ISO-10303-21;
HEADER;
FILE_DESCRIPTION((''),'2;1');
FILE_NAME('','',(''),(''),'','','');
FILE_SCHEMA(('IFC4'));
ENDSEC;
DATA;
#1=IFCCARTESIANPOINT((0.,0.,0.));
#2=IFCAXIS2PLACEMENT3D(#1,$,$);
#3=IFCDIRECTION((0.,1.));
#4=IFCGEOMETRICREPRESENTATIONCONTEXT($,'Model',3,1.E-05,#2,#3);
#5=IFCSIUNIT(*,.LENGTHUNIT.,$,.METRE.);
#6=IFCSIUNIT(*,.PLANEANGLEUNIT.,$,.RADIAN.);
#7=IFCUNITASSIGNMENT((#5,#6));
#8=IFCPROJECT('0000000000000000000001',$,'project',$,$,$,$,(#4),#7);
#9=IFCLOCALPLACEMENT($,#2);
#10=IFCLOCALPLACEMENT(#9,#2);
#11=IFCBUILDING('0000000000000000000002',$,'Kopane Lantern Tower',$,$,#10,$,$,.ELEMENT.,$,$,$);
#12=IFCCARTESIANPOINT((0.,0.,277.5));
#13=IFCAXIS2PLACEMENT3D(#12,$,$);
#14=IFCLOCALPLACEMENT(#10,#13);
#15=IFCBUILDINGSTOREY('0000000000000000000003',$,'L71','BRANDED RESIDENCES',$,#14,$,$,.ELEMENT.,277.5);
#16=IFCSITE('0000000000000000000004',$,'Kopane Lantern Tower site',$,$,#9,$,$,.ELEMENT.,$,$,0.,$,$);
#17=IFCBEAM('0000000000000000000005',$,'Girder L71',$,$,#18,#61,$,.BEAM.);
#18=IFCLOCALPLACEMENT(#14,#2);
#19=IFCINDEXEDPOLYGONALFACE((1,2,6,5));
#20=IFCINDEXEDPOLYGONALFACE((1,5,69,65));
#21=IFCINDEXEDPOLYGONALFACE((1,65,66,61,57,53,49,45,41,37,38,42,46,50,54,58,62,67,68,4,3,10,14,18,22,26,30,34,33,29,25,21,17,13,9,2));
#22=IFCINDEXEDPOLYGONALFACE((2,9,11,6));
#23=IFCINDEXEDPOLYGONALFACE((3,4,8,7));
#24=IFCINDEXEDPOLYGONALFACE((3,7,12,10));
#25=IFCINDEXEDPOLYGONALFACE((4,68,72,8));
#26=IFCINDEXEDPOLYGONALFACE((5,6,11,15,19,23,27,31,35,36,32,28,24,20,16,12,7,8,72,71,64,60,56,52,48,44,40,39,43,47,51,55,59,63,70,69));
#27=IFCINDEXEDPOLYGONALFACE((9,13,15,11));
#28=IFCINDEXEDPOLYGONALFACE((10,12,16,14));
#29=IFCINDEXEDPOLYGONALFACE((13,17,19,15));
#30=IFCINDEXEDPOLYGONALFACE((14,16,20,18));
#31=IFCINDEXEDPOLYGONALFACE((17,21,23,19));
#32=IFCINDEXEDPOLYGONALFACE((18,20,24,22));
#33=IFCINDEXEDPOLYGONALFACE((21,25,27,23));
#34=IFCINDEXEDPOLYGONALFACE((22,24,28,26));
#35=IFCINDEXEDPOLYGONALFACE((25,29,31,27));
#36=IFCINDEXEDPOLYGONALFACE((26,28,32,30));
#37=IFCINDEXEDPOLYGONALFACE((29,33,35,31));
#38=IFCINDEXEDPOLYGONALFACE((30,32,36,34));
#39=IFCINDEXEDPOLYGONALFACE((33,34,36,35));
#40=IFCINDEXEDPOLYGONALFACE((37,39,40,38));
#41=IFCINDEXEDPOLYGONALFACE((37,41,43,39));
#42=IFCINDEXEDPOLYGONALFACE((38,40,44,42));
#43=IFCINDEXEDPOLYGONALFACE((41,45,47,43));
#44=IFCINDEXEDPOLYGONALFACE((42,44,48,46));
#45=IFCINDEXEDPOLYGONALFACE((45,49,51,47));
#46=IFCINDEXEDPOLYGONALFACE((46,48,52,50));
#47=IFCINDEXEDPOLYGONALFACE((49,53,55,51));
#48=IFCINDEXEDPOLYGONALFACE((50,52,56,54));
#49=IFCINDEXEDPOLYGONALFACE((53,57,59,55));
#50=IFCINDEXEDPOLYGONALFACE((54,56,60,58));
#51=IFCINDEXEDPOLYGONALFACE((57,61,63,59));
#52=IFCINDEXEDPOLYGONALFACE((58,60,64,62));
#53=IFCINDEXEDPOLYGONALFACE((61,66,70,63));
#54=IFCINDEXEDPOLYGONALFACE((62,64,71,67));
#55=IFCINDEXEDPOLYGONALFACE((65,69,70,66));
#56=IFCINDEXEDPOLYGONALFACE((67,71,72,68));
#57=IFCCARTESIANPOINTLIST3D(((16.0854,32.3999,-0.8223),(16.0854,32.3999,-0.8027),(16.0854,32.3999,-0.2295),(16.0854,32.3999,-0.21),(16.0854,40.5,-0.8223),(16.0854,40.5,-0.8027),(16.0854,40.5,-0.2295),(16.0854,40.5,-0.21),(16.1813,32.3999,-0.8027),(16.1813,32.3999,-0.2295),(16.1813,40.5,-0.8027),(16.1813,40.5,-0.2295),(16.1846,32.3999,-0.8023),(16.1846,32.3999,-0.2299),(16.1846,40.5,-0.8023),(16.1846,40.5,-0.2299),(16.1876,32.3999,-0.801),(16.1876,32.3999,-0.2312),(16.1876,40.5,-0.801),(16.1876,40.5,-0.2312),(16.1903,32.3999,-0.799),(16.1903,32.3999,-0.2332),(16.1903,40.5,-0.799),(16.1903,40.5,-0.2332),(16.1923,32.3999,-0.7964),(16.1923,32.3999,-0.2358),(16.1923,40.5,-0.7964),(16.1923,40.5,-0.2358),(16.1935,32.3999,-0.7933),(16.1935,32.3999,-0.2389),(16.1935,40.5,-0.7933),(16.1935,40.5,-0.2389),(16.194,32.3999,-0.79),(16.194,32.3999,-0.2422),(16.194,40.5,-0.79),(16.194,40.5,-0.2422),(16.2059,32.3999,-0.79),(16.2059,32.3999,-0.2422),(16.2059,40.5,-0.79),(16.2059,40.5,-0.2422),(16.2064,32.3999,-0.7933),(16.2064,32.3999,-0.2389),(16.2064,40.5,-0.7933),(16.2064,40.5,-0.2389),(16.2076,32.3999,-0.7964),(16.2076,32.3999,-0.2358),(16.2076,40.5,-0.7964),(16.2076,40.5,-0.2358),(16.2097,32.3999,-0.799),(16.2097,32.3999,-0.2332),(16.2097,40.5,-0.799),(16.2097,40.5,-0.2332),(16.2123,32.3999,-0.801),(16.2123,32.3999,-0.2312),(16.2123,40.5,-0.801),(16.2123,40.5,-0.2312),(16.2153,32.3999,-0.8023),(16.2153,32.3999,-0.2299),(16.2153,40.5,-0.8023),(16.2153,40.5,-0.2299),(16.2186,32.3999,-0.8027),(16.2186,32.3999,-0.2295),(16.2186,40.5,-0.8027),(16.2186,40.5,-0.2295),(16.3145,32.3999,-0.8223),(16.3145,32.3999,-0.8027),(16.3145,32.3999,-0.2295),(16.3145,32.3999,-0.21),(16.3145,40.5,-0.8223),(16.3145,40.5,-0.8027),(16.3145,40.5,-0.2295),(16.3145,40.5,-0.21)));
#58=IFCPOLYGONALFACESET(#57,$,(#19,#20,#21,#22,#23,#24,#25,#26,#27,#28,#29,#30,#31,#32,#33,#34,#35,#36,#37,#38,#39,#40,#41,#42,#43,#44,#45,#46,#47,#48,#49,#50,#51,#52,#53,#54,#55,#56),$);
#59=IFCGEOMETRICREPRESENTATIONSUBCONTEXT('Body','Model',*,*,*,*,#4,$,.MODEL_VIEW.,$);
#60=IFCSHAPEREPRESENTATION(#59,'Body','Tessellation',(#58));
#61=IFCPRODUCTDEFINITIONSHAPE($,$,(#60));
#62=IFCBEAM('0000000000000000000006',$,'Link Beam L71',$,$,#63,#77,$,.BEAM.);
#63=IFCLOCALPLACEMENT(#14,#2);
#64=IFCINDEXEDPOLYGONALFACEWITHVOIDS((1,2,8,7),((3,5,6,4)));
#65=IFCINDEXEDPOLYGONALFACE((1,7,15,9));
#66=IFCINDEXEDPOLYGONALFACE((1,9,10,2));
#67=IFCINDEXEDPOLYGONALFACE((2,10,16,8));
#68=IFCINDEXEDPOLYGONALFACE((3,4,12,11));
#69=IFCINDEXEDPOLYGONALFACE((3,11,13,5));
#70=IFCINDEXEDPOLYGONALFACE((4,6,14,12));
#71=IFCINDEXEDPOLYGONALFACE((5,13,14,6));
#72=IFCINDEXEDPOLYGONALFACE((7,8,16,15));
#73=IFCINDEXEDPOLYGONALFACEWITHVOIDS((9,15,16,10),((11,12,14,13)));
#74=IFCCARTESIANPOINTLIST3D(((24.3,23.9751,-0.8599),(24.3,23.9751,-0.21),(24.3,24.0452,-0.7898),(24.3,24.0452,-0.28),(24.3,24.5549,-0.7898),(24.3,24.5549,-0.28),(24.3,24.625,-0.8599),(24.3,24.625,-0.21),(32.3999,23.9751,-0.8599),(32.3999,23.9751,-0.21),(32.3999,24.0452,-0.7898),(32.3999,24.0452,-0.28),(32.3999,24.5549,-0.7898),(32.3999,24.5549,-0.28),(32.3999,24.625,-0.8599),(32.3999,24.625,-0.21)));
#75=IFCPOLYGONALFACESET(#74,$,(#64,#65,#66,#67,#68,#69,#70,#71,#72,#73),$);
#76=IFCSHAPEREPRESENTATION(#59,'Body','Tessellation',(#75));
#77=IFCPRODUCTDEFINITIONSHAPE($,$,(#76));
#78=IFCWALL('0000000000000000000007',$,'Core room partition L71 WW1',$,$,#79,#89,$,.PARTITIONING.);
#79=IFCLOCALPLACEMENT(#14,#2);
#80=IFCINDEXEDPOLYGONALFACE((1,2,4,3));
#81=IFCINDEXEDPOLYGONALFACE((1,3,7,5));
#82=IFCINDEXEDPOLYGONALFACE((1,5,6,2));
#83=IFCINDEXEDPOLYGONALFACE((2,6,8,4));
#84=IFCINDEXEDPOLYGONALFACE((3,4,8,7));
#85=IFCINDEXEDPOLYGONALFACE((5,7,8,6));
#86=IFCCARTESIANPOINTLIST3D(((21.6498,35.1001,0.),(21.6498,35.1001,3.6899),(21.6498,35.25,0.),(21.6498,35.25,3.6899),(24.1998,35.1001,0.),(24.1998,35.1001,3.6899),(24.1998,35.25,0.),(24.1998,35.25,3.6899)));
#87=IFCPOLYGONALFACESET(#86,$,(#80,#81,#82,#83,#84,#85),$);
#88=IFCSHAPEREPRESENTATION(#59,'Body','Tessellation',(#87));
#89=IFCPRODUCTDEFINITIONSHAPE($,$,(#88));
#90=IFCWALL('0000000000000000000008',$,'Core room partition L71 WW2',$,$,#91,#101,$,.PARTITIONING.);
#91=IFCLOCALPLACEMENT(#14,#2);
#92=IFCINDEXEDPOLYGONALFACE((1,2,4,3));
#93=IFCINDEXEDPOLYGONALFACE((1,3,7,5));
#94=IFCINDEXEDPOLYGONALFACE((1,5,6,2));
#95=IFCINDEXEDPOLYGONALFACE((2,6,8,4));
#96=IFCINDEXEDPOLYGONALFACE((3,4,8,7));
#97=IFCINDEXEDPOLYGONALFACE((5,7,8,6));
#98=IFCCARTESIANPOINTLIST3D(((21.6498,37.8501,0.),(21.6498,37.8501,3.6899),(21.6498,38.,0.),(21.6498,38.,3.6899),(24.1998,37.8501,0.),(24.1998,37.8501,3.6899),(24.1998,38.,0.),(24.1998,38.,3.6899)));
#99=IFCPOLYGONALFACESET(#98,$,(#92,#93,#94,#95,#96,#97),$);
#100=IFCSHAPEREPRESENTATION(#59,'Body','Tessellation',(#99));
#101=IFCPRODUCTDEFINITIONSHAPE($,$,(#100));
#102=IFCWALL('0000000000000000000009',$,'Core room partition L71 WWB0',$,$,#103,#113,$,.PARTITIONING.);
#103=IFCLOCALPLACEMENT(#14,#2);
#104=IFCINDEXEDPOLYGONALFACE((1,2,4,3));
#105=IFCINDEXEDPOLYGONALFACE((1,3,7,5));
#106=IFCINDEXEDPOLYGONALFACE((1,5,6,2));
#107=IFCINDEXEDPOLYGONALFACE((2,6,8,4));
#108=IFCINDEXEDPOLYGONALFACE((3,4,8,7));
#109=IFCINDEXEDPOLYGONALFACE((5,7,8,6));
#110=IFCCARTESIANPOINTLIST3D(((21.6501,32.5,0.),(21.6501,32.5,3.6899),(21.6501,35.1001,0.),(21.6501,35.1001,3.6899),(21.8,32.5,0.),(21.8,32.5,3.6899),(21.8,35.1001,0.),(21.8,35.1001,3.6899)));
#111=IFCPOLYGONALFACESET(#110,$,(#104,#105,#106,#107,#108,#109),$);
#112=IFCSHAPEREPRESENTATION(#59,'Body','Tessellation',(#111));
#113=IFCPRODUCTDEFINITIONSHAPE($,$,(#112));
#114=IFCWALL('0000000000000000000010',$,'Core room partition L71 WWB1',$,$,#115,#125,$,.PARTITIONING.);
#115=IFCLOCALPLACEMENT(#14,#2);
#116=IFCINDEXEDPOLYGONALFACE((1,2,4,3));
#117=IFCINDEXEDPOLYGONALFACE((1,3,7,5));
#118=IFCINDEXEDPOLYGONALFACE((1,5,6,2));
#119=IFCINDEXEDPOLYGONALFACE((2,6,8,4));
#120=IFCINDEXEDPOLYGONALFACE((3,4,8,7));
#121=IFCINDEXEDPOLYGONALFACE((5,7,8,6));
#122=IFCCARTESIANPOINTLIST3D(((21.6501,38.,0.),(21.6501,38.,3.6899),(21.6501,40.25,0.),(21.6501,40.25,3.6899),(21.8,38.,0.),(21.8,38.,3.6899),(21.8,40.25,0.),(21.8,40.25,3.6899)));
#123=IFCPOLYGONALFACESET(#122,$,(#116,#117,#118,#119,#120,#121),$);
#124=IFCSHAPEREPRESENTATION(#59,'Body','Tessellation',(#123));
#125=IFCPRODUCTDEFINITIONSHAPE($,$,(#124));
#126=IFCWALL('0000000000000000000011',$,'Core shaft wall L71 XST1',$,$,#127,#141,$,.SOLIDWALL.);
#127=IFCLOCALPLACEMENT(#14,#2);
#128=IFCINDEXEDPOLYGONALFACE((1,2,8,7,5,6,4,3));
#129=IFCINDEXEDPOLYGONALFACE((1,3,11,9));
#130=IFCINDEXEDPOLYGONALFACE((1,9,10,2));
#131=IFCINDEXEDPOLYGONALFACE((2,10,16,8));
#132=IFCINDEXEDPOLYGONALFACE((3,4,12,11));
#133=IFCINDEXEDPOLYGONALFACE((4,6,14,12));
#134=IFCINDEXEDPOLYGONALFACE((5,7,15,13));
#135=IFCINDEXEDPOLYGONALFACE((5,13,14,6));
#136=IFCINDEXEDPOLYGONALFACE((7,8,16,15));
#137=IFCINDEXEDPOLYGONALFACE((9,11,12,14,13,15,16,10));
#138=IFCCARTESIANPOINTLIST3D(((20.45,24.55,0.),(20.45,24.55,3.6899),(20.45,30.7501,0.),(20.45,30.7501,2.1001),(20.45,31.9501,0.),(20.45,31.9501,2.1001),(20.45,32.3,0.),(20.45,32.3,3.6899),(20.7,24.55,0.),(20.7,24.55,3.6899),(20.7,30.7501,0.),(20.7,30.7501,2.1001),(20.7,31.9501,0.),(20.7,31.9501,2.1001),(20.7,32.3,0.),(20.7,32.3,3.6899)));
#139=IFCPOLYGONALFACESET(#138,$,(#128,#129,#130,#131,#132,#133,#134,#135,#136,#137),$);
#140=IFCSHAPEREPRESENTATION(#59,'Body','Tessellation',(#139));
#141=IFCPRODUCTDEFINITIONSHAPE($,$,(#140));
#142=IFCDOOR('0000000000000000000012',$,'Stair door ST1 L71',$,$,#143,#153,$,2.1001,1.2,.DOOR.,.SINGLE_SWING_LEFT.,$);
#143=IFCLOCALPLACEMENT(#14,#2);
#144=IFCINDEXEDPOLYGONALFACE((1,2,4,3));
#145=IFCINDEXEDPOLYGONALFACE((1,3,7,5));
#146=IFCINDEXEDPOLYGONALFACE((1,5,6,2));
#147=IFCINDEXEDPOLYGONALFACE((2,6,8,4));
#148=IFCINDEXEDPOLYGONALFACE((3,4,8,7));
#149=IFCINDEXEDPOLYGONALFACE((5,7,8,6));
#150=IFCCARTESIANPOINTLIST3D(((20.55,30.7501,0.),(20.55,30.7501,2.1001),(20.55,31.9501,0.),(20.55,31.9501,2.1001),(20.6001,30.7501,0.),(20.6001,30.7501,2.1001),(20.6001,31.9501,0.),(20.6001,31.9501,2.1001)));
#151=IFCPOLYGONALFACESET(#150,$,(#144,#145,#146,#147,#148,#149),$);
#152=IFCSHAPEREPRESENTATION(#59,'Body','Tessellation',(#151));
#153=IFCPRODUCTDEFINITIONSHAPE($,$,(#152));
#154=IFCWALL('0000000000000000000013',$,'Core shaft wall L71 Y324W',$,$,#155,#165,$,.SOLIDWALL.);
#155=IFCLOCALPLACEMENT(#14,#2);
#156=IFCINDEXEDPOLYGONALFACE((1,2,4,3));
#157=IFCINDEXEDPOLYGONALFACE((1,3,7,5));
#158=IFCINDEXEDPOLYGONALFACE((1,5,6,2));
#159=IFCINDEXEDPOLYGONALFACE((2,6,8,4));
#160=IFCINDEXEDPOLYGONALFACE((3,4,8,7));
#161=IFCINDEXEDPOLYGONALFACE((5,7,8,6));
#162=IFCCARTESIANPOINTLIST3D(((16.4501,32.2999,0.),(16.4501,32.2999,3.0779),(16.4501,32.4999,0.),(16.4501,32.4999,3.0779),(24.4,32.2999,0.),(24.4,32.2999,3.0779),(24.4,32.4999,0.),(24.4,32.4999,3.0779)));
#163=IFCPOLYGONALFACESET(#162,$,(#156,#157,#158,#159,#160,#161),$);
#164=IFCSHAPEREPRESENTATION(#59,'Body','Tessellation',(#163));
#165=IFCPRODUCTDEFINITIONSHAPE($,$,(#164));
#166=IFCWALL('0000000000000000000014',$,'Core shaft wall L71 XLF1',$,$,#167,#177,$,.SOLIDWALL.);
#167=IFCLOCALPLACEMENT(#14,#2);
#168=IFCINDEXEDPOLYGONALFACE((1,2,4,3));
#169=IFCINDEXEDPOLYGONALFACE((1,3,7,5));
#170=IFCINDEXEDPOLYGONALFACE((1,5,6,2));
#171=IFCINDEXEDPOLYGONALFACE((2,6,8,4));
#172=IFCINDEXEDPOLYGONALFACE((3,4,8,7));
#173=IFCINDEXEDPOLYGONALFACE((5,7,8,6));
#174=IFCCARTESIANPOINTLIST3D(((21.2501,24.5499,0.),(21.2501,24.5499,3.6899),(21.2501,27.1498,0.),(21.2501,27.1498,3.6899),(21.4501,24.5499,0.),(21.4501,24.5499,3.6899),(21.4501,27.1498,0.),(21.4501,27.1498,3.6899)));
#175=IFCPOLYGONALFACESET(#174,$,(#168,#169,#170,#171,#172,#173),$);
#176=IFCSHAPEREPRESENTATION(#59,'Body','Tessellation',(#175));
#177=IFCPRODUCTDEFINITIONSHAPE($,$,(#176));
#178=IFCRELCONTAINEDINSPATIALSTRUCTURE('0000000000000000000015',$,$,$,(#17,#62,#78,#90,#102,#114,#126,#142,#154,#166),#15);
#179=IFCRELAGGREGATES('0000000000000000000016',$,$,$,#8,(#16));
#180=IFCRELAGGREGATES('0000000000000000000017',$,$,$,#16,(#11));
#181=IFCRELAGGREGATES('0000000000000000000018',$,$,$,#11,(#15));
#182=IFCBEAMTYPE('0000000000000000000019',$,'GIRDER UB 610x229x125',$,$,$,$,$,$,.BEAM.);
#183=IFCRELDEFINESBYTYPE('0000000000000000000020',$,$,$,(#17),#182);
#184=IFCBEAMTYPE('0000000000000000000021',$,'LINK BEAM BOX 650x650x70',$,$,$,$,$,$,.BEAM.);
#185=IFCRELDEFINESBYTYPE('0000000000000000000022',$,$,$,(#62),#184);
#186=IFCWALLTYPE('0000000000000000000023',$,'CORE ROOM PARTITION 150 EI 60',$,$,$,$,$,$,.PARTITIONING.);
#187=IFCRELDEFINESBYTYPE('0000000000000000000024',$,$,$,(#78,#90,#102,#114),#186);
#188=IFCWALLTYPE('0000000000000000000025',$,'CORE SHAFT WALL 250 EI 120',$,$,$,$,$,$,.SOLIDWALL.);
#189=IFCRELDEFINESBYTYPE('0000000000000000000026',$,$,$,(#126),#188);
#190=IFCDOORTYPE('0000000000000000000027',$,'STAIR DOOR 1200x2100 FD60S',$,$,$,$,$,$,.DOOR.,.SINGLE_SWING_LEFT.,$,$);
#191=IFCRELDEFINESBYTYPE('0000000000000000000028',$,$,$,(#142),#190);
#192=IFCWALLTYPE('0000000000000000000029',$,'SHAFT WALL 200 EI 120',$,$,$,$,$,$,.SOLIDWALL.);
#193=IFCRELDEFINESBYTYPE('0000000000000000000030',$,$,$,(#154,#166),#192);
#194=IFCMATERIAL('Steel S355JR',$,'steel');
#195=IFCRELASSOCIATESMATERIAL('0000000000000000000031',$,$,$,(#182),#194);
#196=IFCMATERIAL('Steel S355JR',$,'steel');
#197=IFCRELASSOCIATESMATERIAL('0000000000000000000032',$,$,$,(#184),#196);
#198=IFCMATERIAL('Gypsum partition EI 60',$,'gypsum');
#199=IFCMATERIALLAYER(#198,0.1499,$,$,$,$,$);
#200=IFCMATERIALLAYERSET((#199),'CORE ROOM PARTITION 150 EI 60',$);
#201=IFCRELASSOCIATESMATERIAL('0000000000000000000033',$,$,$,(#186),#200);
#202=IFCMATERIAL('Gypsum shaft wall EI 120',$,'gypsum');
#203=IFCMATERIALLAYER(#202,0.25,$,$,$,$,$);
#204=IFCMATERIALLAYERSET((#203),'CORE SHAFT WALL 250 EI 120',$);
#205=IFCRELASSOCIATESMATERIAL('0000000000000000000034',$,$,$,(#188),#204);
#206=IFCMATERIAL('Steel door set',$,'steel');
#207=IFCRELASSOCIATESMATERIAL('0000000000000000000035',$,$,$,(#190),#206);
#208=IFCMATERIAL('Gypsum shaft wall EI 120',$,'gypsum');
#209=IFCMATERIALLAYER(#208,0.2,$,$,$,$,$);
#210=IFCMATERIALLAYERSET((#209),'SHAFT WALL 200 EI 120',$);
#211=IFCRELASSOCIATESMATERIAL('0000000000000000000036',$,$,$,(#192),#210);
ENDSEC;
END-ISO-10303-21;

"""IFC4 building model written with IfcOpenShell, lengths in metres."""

from ifc_helpers import new_model, si_unit, direction, frame, frame_2d, origin, origin_2d, place, context, subcontext, project, spatial, rectangle, hollow_rectangle, i_section, extrude, material, layer, layer_set, material_profile, profile_set, type_object, element, fill, save


model = new_model("IFC4")

# Units and contexts
model_context = context("Model", 3, precision=1e-05, world=origin(), true_north=direction((0.0, 1.0)))
body_context = subcontext(model_context, "Body", "Model", "MODEL_VIEW")
ifc_project = project(units=[si_unit("LENGTHUNIT", "METRE"), si_unit("PLANEANGLEUNIT", "RADIAN")], contexts=[model_context])

# Site, building, storey
site_placement = place(None, origin())
site = spatial("IfcSite", under=ifc_project, at=site_placement, Name="Kopane Lantern Tower site", CompositionType="ELEMENT", RefElevation=0.0)
building_placement = place(site_placement, origin())
building = spatial("IfcBuilding", under=site, at=building_placement, Name="Kopane Lantern Tower", CompositionType="ELEMENT")
storey_placement = place(building_placement, frame((0.0, 0.0, 277.5)))
storey = spatial("IfcBuildingStorey", under=building, at=storey_placement, Name="L71", Description="BRANDED RESIDENCES", CompositionType="ELEMENT", Elevation=277.5)

# Beams
ifc_material_1 = material(Name="Steel S355JR", Category="steel")
ifc_material_profile_1 = material_profile(ifc_material_1, i_section(OverallWidth=0.229, OverallDepth=0.6123, WebThickness=0.012, FlangeThickness=0.0195, FilletRadius=0.0127, at=origin_2d()), Name="UB 610x229x125")
ifc_profile_set_1 = profile_set([ifc_material_profile_1], Name="Steel S355JR")
beam_type_1 = type_object("IfcBeamType", Name="GIRDER UB 610x229x125", PredefinedType="BEAM", material=ifc_profile_set_1)
beam_1_placement = place(storey_placement, frame((16.2, 32.3999, -0.5161), z_axis=(0.0, 1.0, 0.0), x_axis=(-1.0, 0.0, 0.0)))
element("IfcBeam", 1, at=beam_1_placement, inside=storey, type_object=beam_type_1, Name="Girder L71", PredefinedType="BEAM", context=body_context, shape_type="SweptSolid", body=[
    extrude(i_section(OverallWidth=0.229, OverallDepth=0.6123, WebThickness=0.012, FlangeThickness=0.0195, FilletRadius=0.0127, at=origin_2d()), origin(), (0.0, 0.0, 1.0), 8.1001),
])
ifc_material_2 = material(Name="Steel S355JR", Category="steel")
ifc_material_profile_2 = material_profile(ifc_material_2, hollow_rectangle(XDim=0.6499, YDim=0.6499, WallThickness=0.0701, at=origin_2d()), Name="BOX 650x650x70")
ifc_profile_set_2 = profile_set([ifc_material_profile_2], Name="Steel S355JR")
beam_type_2 = type_object("IfcBeamType", Name="LINK BEAM BOX 650x650x70", PredefinedType="BEAM", material=ifc_profile_set_2)
beam_2_placement = place(storey_placement, frame((24.3, 24.3, -0.5349), z_axis=(1.0, 0.0, 0.0), x_axis=(0.0, 1.0, 0.0)))
element("IfcBeam", 2, at=beam_2_placement, inside=storey, type_object=beam_type_2, Name="Link Beam L71", PredefinedType="BEAM", context=body_context, shape_type="SweptSolid", body=[
    extrude(hollow_rectangle(XDim=0.6499, YDim=0.6499, WallThickness=0.0701, at=origin_2d()), origin(), (0.0, 0.0, 1.0), 8.0999),
])

# Walls
ifc_material_3 = material(Name="Gypsum partition EI 60", Category="gypsum")
ifc_layer_1 = layer(ifc_material_3, 0.1499)
ifc_layer_set_1 = layer_set([ifc_layer_1], Name="CORE ROOM PARTITION 150 EI 60")
wall_type_1 = type_object("IfcWallType", Name="CORE ROOM PARTITION 150 EI 60", PredefinedType="PARTITIONING", material=ifc_layer_set_1)
for number, where, z_axis, x_axis, name in (
    (3, (21.6499, 35.175, 0.0), (0.0, 0.0, 1.0), (1.0, 0.0, 0.0), "Core room partition L71 WW1"),
    (4, (21.6499, 37.925, 0.0), (0.0, 0.0, 1.0), (1.0, 0.0, 0.0), "Core room partition L71 WW2"),
):
    element("IfcWall", number, at=place(storey_placement, frame(where, z_axis=z_axis, x_axis=x_axis)), inside=storey, type_object=wall_type_1, Name=name, PredefinedType="PARTITIONING", context=body_context, shape_type="SweptSolid", body=[
        extrude(rectangle(XDim=2.55, YDim=0.1499, at=frame_2d((1.2749, 0.0))), origin(), (0.0, 0.0, 1.0), 3.6899),
    ])
wall_1_placement = place(storey_placement, frame((21.7251, 32.5, 0.0), z_axis=(0.0, 0.0, 1.0), x_axis=(0.0, 1.0, 0.0)))
element("IfcWall", 5, at=wall_1_placement, inside=storey, type_object=wall_type_1, Name="Core room partition L71 WWB0", PredefinedType="PARTITIONING", context=body_context, shape_type="SweptSolid", body=[
    extrude(rectangle(XDim=2.6001, YDim=0.1499, at=frame_2d((1.3, 0.0))), origin(), (0.0, 0.0, 1.0), 3.6899),
])
wall_2_placement = place(storey_placement, frame((21.7251, 38.0, 0.0), z_axis=(0.0, 0.0, 1.0), x_axis=(0.0, 1.0, 0.0)))
element("IfcWall", 6, at=wall_2_placement, inside=storey, type_object=wall_type_1, Name="Core room partition L71 WWB1", PredefinedType="PARTITIONING", context=body_context, shape_type="SweptSolid", body=[
    extrude(rectangle(XDim=2.25, YDim=0.1499, at=frame_2d((1.125, 0.0))), origin(), (0.0, 0.0, 1.0), 3.6899),
])

# Wall, opening, door
ifc_material_4 = material(Name="Gypsum shaft wall EI 120", Category="gypsum")
ifc_layer_2 = layer(ifc_material_4, 0.25)
ifc_layer_set_2 = layer_set([ifc_layer_2], Name="CORE SHAFT WALL 250 EI 120")
wall_type_2 = type_object("IfcWallType", Name="CORE SHAFT WALL 250 EI 120", PredefinedType="SOLIDWALL", material=ifc_layer_set_2)
wall_3_placement = place(storey_placement, frame((20.575, 24.55, 0.0), z_axis=(0.0, 0.0, 1.0), x_axis=(0.0, 1.0, 0.0)))
wall_3 = element("IfcWall", 7, at=wall_3_placement, inside=storey, type_object=wall_type_2, Name="Core shaft wall L71 XST1", PredefinedType="SOLIDWALL", context=body_context, shape_type="SweptSolid", body=[
    extrude(rectangle(XDim=7.75, YDim=0.25, at=frame_2d((3.875, 0.0))), origin(), (0.0, 0.0, 1.0), 3.6899),
])
opening_1_placement = place(wall_3_placement, frame((6.2, 0.0, 0.0)))
opening_1 = element("IfcOpeningElement", 8, at=opening_1_placement, cuts=wall_3, PredefinedType="OPENING", context=body_context, shape_type="SweptSolid", body=[
    extrude(rectangle(XDim=1.2, YDim=2.1001, at=frame_2d((0.6001, 1.05))), frame((0.0, 0.135, 0.0), z_axis=(0.0, -1.0, 0.0), x_axis=(1.0, 0.0, 0.0)), (0.0, 0.0, 1.0), 0.27),
])
ifc_material_5 = material(Name="Steel door set", Category="steel")
door_type_1 = type_object("IfcDoorType", Name="STAIR DOOR 1200x2100 FD60S", OperationType="SINGLE_SWING_LEFT", PredefinedType="DOOR", material=ifc_material_5)
door_1_placement = place(opening_1_placement, origin())
door_1 = element("IfcDoor", 9, at=door_1_placement, inside=storey, type_object=door_type_1, Name="Stair door ST1 L71", OperationType="SINGLE_SWING_LEFT", OverallHeight=2.1001, OverallWidth=1.2, PredefinedType="DOOR", context=body_context, shape_type="SweptSolid", body=[
    extrude(rectangle(XDim=1.2, YDim=2.1001, at=frame_2d((0.6001, 1.05))), frame((0.0, 0.0249, 0.0), z_axis=(0.0, -1.0, 0.0), x_axis=(1.0, 0.0, 0.0)), (0.0, 0.0, 1.0), 0.05),
])
fill(opening_1, door_1)

# Walls
ifc_material_6 = material(Name="Gypsum shaft wall EI 120", Category="gypsum")
ifc_layer_3 = layer(ifc_material_6, 0.2)
ifc_layer_set_3 = layer_set([ifc_layer_3], Name="SHAFT WALL 200 EI 120")
wall_type_3 = type_object("IfcWallType", Name="SHAFT WALL 200 EI 120", PredefinedType="SOLIDWALL", material=ifc_layer_set_3)
wall_4_placement = place(storey_placement, frame((16.45, 32.3999, 0.0), z_axis=(0.0, 0.0, 1.0), x_axis=(1.0, 0.0, 0.0)))
element("IfcWall", 10, at=wall_4_placement, inside=storey, type_object=wall_type_3, Name="Core shaft wall L71 Y324W", PredefinedType="SOLIDWALL", context=body_context, shape_type="SweptSolid", body=[
    extrude(rectangle(XDim=7.95, YDim=0.2, at=frame_2d((3.9751, 0.0))), origin(), (0.0, 0.0, 1.0), 3.0779),
])
wall_5_placement = place(storey_placement, frame((21.3501, 24.55, 0.0), z_axis=(0.0, 0.0, 1.0), x_axis=(0.0, 1.0, 0.0)))
element("IfcWall", 11, at=wall_5_placement, inside=storey, type_object=wall_type_3, Name="Core shaft wall L71 XLF1", PredefinedType="SOLIDWALL", context=body_context, shape_type="SweptSolid", body=[
    extrude(rectangle(XDim=2.5999, YDim=0.2, at=frame_2d((1.2998, 0.0))), origin(), (0.0, 0.0, 1.0), 3.6899),
])

save(model, "model.ifc")
